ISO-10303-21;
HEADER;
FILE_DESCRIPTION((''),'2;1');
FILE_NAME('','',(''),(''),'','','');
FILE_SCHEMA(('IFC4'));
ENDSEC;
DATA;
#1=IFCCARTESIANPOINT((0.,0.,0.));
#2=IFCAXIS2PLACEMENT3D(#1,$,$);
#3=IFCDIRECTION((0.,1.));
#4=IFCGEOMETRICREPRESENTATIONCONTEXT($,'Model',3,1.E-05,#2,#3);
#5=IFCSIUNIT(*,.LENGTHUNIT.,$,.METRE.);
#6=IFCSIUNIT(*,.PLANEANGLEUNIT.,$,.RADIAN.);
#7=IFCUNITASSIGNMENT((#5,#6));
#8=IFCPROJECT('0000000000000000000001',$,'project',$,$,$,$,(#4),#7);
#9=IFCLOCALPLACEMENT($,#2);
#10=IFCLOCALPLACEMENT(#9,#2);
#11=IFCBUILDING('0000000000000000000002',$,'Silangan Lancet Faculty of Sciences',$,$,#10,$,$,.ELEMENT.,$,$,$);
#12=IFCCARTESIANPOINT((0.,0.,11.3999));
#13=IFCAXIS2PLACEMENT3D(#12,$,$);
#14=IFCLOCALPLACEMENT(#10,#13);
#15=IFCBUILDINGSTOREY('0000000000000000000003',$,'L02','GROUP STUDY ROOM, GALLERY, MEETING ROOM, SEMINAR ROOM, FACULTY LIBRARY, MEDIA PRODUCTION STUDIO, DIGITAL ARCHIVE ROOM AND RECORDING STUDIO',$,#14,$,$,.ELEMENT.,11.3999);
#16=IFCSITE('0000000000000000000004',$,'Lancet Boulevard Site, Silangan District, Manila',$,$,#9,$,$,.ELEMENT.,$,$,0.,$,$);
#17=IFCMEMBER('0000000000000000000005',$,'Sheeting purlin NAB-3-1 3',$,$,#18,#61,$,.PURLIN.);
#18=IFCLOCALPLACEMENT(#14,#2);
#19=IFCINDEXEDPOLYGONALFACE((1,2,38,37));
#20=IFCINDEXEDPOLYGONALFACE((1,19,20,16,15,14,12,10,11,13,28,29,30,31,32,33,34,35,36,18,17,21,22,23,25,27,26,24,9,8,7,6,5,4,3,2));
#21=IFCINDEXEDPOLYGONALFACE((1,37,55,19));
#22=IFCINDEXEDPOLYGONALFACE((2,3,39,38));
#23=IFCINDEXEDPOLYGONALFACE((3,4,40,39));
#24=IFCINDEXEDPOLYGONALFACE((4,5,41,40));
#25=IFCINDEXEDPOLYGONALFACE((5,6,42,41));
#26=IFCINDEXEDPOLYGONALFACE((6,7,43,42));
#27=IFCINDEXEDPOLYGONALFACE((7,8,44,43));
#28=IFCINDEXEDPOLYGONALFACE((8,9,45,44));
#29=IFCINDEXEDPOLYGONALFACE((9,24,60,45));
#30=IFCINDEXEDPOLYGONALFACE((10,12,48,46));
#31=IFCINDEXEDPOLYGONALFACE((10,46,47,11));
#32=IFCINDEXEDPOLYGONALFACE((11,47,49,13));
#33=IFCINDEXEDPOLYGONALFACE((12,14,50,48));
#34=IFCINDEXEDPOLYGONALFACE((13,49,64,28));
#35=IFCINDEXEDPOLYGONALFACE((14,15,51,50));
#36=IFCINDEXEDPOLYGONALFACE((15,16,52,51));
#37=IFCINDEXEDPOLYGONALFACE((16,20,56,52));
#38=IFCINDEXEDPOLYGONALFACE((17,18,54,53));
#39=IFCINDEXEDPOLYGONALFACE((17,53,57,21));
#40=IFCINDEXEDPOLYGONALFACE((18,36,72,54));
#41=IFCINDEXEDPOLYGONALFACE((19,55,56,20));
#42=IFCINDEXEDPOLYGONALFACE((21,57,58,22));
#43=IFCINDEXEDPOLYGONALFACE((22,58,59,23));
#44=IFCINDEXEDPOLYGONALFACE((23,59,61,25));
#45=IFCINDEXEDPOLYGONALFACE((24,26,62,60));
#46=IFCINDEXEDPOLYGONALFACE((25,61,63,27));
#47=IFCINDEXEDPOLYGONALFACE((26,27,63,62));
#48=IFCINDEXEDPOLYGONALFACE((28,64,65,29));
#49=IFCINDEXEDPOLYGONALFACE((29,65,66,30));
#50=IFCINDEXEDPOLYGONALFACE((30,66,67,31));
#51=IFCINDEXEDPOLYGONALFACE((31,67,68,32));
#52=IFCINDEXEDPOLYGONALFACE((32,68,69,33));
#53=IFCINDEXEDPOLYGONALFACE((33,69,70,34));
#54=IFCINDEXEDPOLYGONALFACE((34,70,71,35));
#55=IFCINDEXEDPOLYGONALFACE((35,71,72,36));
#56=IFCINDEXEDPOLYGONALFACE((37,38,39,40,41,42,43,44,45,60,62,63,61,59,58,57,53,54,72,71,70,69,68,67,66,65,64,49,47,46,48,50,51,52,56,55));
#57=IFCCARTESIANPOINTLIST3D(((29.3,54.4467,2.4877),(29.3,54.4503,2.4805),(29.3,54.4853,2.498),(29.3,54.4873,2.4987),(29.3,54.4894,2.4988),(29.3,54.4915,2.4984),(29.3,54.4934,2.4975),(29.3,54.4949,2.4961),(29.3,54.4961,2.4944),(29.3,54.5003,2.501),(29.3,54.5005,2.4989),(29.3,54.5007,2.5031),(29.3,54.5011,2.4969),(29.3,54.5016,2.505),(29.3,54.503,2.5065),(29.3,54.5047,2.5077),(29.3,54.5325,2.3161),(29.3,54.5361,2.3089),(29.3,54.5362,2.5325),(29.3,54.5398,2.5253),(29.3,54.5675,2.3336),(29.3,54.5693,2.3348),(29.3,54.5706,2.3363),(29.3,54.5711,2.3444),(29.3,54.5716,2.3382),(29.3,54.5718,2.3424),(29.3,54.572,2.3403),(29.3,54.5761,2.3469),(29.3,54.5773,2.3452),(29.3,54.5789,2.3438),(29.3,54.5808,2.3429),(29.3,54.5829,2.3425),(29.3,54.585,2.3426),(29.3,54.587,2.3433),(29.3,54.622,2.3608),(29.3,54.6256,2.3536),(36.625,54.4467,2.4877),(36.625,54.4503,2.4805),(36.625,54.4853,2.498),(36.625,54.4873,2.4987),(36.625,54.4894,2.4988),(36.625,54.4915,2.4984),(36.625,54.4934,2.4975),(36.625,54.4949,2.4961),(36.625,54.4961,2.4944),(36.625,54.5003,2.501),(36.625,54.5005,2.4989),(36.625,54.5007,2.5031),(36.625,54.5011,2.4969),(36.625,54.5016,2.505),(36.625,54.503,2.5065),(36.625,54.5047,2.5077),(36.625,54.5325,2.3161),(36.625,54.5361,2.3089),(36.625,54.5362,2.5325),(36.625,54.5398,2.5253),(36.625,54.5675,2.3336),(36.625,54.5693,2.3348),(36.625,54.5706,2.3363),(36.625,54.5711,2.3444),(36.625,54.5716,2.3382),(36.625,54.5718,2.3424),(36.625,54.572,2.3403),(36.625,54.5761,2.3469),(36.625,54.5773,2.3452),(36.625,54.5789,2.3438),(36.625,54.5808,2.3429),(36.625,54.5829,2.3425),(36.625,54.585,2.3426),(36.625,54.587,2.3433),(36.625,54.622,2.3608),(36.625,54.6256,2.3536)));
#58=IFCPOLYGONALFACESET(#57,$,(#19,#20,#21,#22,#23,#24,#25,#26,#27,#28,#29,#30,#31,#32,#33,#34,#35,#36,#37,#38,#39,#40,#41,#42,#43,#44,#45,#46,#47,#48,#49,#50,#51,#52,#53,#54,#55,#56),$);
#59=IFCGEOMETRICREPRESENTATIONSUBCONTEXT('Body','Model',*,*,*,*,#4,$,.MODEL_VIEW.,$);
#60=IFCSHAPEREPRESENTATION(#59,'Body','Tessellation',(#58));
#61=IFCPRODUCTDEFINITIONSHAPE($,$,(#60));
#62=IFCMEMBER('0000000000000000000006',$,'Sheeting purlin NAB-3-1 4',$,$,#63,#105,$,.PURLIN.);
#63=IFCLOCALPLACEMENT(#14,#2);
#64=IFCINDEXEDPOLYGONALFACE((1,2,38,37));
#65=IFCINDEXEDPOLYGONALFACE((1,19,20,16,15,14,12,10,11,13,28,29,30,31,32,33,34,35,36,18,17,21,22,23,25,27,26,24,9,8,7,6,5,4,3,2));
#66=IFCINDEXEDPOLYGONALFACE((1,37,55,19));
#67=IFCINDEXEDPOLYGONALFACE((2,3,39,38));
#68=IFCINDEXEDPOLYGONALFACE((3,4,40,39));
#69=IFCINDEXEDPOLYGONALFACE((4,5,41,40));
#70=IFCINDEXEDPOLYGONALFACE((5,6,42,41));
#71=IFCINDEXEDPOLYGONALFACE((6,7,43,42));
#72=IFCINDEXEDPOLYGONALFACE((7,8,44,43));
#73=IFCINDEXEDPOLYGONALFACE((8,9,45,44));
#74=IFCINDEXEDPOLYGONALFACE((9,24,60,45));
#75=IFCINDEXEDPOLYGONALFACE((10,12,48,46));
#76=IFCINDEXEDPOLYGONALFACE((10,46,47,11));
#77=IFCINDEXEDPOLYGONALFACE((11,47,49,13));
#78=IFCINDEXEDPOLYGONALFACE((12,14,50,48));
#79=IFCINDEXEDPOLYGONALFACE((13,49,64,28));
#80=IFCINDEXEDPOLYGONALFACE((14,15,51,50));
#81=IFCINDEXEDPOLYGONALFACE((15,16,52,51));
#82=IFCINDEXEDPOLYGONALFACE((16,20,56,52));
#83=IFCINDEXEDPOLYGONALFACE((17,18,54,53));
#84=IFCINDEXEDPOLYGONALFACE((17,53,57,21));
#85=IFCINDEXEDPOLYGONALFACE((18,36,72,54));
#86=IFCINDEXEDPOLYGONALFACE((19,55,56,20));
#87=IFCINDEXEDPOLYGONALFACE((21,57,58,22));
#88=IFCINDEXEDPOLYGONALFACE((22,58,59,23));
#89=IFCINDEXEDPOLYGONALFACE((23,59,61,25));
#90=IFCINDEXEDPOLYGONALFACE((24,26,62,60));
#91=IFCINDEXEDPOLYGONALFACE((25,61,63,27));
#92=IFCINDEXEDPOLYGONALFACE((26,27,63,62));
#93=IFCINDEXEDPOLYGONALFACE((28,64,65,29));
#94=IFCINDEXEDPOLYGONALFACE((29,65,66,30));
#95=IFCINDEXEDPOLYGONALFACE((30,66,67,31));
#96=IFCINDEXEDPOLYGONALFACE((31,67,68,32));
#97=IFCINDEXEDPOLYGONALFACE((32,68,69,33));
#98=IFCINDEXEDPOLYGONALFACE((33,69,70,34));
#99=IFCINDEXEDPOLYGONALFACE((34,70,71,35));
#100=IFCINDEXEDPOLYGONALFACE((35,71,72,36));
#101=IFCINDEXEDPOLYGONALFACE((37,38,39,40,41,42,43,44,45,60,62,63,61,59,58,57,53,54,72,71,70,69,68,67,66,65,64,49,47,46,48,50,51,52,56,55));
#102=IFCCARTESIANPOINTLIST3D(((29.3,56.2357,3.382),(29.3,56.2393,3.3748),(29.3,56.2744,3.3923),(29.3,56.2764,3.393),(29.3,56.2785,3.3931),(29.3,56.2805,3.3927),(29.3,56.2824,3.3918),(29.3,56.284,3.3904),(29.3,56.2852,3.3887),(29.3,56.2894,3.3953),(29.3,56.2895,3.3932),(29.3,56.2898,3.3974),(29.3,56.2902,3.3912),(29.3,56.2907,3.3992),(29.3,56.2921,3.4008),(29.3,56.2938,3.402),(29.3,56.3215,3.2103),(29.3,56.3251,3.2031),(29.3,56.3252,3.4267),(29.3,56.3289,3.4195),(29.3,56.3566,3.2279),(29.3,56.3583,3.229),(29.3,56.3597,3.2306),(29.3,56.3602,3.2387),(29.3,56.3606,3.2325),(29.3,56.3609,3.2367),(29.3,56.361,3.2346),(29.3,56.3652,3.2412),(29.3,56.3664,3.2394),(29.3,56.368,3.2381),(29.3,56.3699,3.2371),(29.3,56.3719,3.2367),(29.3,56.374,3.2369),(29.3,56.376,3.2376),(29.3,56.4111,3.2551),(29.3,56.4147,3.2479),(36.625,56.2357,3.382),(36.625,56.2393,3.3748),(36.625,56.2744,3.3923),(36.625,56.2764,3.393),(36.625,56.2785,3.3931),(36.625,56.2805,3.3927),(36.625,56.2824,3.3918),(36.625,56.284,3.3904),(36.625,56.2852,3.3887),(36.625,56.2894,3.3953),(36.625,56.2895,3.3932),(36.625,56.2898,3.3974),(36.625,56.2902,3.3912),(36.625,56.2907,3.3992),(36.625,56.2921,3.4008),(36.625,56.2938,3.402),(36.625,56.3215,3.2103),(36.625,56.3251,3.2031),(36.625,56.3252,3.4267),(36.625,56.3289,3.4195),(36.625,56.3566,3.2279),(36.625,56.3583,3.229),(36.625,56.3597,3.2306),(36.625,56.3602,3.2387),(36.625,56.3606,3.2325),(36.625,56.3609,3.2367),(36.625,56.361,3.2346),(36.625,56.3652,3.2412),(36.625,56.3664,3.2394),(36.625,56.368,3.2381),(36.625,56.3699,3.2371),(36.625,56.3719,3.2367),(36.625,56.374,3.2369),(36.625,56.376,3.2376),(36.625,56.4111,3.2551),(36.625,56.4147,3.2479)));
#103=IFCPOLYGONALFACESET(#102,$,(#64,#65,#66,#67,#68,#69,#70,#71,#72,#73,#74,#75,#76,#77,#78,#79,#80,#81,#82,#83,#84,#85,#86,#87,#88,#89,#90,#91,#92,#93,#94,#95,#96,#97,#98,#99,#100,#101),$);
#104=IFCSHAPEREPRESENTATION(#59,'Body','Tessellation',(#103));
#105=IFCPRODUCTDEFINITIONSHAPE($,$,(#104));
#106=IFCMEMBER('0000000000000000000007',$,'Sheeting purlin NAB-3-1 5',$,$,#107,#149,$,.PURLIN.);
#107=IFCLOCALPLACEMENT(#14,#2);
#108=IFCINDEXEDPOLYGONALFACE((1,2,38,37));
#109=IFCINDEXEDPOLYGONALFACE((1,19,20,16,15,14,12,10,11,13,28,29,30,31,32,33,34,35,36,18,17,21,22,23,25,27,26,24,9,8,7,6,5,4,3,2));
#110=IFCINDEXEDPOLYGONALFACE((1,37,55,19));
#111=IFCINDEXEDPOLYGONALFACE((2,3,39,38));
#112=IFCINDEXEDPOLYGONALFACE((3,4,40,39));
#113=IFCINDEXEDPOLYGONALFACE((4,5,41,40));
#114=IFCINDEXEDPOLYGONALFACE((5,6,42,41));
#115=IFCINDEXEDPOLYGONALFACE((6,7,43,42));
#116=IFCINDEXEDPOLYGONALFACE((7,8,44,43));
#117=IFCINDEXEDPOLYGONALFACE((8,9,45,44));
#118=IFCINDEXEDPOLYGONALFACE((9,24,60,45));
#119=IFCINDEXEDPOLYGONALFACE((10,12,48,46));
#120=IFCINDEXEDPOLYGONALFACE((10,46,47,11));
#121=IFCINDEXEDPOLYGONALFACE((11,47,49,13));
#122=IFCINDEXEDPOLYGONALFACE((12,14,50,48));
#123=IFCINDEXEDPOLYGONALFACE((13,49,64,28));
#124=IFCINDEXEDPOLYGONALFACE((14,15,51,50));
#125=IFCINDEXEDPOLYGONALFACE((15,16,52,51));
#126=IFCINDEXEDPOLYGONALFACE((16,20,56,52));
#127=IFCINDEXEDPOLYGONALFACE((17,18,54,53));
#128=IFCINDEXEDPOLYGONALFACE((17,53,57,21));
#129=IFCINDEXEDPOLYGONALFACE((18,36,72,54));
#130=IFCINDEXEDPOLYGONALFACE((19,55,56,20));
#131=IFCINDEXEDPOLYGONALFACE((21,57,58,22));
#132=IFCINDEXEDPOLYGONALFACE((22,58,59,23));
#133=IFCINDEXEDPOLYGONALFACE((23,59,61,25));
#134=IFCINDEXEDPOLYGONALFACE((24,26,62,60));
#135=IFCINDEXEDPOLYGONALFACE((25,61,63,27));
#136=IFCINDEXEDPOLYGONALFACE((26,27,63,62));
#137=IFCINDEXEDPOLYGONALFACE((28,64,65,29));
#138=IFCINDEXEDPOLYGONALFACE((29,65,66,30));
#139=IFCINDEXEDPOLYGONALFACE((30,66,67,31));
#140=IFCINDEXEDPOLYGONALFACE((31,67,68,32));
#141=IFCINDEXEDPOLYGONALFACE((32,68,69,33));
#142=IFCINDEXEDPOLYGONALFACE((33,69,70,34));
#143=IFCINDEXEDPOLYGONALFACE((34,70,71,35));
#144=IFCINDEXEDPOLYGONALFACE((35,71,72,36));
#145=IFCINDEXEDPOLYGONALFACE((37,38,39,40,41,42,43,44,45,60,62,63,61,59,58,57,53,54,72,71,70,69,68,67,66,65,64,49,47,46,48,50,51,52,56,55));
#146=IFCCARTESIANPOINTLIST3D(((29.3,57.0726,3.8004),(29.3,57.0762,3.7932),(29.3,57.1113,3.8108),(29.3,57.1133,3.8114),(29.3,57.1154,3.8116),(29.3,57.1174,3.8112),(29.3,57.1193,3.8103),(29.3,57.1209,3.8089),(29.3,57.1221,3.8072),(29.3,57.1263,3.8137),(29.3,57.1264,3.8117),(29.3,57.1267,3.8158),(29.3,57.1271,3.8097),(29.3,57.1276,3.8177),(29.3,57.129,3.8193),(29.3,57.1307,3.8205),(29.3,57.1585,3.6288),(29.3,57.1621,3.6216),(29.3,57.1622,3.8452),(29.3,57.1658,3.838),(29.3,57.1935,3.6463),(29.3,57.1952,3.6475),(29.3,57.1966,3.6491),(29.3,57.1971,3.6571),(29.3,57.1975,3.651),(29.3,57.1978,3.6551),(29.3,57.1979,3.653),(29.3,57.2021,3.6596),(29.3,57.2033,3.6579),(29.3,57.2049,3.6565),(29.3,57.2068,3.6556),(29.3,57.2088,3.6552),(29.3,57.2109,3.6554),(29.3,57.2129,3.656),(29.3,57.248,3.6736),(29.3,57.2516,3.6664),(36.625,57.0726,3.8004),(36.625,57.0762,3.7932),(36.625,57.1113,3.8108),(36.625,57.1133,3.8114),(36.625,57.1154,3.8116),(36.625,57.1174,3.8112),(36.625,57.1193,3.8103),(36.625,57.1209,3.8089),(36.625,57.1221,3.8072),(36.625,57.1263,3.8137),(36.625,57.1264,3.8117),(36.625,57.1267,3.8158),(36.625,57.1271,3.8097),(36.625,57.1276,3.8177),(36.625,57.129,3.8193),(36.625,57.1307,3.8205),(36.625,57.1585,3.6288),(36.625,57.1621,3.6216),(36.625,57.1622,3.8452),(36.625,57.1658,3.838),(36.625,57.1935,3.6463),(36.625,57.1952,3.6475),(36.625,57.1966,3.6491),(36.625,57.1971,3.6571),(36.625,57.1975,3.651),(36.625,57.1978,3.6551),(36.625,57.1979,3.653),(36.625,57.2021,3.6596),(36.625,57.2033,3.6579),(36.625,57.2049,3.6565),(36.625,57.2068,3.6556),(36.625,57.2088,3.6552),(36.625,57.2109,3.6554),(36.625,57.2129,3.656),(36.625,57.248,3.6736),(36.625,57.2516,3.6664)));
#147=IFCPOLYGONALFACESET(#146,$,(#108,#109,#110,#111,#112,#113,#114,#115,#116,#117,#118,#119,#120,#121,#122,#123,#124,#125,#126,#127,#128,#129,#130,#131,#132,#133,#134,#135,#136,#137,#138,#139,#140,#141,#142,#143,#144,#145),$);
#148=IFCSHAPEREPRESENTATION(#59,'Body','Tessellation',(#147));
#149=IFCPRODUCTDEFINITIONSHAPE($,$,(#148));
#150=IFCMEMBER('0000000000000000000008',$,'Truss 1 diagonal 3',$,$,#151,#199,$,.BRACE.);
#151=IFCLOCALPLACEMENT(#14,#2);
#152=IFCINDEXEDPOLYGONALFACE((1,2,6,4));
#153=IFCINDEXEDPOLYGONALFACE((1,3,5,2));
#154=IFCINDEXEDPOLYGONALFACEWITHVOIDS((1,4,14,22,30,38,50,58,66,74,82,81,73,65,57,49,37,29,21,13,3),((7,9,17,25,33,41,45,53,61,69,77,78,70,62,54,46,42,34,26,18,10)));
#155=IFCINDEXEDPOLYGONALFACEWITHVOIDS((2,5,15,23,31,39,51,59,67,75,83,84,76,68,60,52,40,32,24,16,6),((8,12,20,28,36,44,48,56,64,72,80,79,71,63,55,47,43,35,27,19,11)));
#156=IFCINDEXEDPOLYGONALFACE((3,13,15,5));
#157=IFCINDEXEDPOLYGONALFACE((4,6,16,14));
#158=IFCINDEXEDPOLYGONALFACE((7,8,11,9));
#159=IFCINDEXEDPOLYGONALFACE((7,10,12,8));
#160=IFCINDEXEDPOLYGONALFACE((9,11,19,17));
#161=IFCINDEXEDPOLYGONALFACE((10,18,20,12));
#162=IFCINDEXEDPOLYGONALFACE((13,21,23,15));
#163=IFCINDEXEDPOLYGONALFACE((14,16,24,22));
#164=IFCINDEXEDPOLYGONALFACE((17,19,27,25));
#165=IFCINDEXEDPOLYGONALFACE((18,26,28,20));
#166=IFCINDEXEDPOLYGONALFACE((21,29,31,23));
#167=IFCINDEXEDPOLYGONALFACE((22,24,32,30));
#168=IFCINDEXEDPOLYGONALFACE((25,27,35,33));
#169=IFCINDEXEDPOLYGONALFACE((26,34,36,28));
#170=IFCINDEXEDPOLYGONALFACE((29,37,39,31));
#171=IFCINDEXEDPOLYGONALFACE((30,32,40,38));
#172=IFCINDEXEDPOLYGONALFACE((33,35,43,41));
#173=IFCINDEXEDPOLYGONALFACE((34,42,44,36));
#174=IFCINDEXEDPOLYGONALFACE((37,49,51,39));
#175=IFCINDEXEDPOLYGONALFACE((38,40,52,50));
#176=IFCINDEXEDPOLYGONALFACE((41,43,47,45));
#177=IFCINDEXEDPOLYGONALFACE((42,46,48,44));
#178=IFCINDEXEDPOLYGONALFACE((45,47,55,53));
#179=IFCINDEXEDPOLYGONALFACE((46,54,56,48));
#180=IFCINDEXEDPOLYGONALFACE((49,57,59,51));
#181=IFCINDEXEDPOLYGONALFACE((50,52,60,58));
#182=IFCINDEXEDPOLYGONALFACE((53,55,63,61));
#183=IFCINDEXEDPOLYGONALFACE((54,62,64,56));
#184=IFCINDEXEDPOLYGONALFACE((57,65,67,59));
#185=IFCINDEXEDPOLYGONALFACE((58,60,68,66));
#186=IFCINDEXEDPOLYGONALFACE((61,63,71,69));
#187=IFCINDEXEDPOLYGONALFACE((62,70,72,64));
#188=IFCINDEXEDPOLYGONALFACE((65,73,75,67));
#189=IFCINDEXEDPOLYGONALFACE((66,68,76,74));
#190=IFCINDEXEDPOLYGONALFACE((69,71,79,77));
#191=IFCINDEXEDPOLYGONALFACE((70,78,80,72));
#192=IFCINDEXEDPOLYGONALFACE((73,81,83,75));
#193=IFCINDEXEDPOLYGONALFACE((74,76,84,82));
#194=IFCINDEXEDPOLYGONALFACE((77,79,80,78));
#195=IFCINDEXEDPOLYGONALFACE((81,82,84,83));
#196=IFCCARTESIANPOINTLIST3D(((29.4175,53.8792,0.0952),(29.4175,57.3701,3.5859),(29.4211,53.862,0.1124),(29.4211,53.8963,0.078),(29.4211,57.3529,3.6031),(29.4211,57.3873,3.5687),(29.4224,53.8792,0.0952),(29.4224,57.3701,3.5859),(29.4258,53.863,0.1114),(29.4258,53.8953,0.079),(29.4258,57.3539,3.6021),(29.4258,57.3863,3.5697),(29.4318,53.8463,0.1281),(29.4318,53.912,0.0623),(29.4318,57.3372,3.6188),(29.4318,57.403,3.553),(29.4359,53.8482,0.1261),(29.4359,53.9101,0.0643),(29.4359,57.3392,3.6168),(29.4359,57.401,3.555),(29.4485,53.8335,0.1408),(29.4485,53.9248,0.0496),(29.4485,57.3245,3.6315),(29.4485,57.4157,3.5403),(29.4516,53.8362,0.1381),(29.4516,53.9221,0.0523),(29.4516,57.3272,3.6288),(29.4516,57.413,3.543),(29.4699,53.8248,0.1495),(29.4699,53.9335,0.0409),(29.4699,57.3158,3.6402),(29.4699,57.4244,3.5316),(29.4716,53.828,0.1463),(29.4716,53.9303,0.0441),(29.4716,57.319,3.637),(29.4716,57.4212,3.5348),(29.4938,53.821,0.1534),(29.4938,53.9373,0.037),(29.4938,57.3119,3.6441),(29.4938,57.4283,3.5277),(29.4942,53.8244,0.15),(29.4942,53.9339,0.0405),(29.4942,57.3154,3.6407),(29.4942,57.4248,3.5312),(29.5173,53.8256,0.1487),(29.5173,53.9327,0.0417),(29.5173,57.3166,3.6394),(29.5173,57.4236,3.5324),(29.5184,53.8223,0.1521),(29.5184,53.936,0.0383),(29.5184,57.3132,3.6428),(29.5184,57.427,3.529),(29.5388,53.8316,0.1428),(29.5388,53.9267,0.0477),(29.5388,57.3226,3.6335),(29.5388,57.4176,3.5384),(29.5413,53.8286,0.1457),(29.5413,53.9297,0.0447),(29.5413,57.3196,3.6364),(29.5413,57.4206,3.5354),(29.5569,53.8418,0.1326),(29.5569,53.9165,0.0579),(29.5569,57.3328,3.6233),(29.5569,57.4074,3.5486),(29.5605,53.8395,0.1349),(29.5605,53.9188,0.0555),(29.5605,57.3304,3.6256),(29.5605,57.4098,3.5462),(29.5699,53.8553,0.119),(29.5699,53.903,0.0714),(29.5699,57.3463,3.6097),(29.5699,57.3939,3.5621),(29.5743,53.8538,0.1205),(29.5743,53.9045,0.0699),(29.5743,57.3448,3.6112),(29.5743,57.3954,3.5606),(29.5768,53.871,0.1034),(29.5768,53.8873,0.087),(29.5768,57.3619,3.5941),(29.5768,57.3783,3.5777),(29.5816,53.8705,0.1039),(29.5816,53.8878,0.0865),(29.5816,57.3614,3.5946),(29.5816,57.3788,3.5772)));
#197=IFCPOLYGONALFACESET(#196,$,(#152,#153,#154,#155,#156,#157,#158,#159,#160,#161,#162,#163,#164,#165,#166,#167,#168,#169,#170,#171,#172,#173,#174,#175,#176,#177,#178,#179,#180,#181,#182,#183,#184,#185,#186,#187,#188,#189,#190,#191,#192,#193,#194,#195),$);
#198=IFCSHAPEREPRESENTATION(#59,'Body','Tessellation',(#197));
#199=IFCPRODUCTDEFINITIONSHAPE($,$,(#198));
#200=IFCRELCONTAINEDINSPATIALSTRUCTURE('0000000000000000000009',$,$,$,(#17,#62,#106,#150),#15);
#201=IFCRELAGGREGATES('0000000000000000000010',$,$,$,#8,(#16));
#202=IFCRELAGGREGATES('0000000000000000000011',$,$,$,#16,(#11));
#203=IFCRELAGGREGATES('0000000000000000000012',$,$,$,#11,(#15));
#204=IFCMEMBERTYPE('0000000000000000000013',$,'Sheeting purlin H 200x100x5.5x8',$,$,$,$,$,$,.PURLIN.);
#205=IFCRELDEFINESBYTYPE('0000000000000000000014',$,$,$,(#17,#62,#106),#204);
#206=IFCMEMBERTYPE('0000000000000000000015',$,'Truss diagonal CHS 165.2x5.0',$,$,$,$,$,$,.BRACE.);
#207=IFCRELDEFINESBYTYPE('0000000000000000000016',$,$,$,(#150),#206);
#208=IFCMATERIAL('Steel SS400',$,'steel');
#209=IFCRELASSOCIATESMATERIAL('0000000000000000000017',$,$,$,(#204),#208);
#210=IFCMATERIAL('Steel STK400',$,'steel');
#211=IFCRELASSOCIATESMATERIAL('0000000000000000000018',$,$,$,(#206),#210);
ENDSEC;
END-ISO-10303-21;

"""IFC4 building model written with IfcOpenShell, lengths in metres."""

from ifc_helpers import new_model, si_unit, direction, frame, origin, origin_2d, place, context, subcontext, project, spatial, hollow_circle, i_section, extrude, material, material_profile, profile_set, type_object, element, save


model = new_model("IFC4")

# Units and contexts
model_context = context("Model", 3, precision=1e-05, world=origin(), true_north=direction((0.0, 1.0)))
body_context = subcontext(model_context, "Body", "Model", "MODEL_VIEW")
ifc_project = project(units=[si_unit("LENGTHUNIT", "METRE"), si_unit("PLANEANGLEUNIT", "RADIAN")], contexts=[model_context])

# Site, building, storey
site_placement = place(None, origin())
site = spatial("IfcSite", under=ifc_project, at=site_placement, Name="Lancet Boulevard Site, Silangan District, Manila", CompositionType="ELEMENT", RefElevation=0.0)
building_placement = place(site_placement, origin())
building = spatial("IfcBuilding", under=site, at=building_placement, Name="Silangan Lancet Faculty of Sciences", CompositionType="ELEMENT")
storey_placement = place(building_placement, frame((0.0, 0.0, 11.3999)))
storey = spatial("IfcBuildingStorey", under=building, at=storey_placement, Name="L02", Description="GROUP STUDY ROOM, GALLERY, MEETING ROOM, SEMINAR ROOM, FACULTY LIBRARY, MEDIA PRODUCTION STUDIO, DIGITAL ARCHIVE ROOM AND RECORDING STUDIO", CompositionType="ELEMENT", Elevation=11.3999)

# Members
ifc_material_1 = material(Name="Steel SS400", Category="steel")
ifc_material_profile_1 = material_profile(ifc_material_1, i_section(OverallWidth=0.1001, OverallDepth=0.2, WebThickness=0.0056, FlangeThickness=0.0081, FilletRadius=0.0081, at=origin_2d()), Name="H 200x100x5.5x8")
ifc_profile_set_1 = profile_set([ifc_material_profile_1], Name="Steel SS400")
member_type_1 = type_object("IfcMemberType", Name="Sheeting purlin H 200x100x5.5x8", PredefinedType="PURLIN", material=ifc_profile_set_1)
for number, where, z_axis, x_axis, name in (
    (1, (29.3, 54.5361, 2.4207), (1.0, 0.0, 0.0), (0.0, 0.894427, 0.447214), "Sheeting purlin NAB-3-1 3"),
    (2, (29.3, 56.3252, 3.3149), (1.0, 0.0, 0.0), (0.0, 0.894427, 0.447214), "Sheeting purlin NAB-3-1 4"),
    (3, (29.3, 57.1621, 3.7334), (1.0, 0.0, 0.0), (0.0, 0.894427, 0.447214), "Sheeting purlin NAB-3-1 5"),
):
    element("IfcMember", number, at=place(storey_placement, frame(where, z_axis=z_axis, x_axis=x_axis)), inside=storey, type_object=member_type_1, Name=name, PredefinedType="PURLIN", context=body_context, shape_type="SweptSolid", body=[
        extrude(i_section(OverallWidth=0.1001, OverallDepth=0.2, WebThickness=0.0056, FlangeThickness=0.0081, FilletRadius=0.0081, at=origin_2d()), origin(), (0.0, 0.0, 1.0), 7.325),
    ])
ifc_material_2 = material(Name="Steel STK400", Category="steel")
ifc_material_profile_2 = material_profile(ifc_material_2, hollow_circle(Radius=0.0825, WallThickness=0.0049, at=origin_2d()), Name="CHS 165.2x5.0")
ifc_profile_set_2 = profile_set([ifc_material_profile_2], Name="Steel STK400")
member_type_2 = type_object("IfcMemberType", Name="Truss diagonal CHS 165.2x5.0", PredefinedType="BRACE", material=ifc_profile_set_2)
member_1_placement = place(storey_placement, frame((29.5, 53.8792, 0.0952), z_axis=(0.0, 0.707132, 0.707082), x_axis=(-1.0, 0.0, 0.0)))
element("IfcMember", 4, at=member_1_placement, inside=storey, type_object=member_type_2, Name="Truss 1 diagonal 3", PredefinedType="BRACE", context=body_context, shape_type="SweptSolid", body=[
    extrude(hollow_circle(Radius=0.0825, WallThickness=0.0049, at=origin_2d()), origin(), (0.0, 0.0, 1.0), 4.9368),
])

save(model, "model.ifc")
